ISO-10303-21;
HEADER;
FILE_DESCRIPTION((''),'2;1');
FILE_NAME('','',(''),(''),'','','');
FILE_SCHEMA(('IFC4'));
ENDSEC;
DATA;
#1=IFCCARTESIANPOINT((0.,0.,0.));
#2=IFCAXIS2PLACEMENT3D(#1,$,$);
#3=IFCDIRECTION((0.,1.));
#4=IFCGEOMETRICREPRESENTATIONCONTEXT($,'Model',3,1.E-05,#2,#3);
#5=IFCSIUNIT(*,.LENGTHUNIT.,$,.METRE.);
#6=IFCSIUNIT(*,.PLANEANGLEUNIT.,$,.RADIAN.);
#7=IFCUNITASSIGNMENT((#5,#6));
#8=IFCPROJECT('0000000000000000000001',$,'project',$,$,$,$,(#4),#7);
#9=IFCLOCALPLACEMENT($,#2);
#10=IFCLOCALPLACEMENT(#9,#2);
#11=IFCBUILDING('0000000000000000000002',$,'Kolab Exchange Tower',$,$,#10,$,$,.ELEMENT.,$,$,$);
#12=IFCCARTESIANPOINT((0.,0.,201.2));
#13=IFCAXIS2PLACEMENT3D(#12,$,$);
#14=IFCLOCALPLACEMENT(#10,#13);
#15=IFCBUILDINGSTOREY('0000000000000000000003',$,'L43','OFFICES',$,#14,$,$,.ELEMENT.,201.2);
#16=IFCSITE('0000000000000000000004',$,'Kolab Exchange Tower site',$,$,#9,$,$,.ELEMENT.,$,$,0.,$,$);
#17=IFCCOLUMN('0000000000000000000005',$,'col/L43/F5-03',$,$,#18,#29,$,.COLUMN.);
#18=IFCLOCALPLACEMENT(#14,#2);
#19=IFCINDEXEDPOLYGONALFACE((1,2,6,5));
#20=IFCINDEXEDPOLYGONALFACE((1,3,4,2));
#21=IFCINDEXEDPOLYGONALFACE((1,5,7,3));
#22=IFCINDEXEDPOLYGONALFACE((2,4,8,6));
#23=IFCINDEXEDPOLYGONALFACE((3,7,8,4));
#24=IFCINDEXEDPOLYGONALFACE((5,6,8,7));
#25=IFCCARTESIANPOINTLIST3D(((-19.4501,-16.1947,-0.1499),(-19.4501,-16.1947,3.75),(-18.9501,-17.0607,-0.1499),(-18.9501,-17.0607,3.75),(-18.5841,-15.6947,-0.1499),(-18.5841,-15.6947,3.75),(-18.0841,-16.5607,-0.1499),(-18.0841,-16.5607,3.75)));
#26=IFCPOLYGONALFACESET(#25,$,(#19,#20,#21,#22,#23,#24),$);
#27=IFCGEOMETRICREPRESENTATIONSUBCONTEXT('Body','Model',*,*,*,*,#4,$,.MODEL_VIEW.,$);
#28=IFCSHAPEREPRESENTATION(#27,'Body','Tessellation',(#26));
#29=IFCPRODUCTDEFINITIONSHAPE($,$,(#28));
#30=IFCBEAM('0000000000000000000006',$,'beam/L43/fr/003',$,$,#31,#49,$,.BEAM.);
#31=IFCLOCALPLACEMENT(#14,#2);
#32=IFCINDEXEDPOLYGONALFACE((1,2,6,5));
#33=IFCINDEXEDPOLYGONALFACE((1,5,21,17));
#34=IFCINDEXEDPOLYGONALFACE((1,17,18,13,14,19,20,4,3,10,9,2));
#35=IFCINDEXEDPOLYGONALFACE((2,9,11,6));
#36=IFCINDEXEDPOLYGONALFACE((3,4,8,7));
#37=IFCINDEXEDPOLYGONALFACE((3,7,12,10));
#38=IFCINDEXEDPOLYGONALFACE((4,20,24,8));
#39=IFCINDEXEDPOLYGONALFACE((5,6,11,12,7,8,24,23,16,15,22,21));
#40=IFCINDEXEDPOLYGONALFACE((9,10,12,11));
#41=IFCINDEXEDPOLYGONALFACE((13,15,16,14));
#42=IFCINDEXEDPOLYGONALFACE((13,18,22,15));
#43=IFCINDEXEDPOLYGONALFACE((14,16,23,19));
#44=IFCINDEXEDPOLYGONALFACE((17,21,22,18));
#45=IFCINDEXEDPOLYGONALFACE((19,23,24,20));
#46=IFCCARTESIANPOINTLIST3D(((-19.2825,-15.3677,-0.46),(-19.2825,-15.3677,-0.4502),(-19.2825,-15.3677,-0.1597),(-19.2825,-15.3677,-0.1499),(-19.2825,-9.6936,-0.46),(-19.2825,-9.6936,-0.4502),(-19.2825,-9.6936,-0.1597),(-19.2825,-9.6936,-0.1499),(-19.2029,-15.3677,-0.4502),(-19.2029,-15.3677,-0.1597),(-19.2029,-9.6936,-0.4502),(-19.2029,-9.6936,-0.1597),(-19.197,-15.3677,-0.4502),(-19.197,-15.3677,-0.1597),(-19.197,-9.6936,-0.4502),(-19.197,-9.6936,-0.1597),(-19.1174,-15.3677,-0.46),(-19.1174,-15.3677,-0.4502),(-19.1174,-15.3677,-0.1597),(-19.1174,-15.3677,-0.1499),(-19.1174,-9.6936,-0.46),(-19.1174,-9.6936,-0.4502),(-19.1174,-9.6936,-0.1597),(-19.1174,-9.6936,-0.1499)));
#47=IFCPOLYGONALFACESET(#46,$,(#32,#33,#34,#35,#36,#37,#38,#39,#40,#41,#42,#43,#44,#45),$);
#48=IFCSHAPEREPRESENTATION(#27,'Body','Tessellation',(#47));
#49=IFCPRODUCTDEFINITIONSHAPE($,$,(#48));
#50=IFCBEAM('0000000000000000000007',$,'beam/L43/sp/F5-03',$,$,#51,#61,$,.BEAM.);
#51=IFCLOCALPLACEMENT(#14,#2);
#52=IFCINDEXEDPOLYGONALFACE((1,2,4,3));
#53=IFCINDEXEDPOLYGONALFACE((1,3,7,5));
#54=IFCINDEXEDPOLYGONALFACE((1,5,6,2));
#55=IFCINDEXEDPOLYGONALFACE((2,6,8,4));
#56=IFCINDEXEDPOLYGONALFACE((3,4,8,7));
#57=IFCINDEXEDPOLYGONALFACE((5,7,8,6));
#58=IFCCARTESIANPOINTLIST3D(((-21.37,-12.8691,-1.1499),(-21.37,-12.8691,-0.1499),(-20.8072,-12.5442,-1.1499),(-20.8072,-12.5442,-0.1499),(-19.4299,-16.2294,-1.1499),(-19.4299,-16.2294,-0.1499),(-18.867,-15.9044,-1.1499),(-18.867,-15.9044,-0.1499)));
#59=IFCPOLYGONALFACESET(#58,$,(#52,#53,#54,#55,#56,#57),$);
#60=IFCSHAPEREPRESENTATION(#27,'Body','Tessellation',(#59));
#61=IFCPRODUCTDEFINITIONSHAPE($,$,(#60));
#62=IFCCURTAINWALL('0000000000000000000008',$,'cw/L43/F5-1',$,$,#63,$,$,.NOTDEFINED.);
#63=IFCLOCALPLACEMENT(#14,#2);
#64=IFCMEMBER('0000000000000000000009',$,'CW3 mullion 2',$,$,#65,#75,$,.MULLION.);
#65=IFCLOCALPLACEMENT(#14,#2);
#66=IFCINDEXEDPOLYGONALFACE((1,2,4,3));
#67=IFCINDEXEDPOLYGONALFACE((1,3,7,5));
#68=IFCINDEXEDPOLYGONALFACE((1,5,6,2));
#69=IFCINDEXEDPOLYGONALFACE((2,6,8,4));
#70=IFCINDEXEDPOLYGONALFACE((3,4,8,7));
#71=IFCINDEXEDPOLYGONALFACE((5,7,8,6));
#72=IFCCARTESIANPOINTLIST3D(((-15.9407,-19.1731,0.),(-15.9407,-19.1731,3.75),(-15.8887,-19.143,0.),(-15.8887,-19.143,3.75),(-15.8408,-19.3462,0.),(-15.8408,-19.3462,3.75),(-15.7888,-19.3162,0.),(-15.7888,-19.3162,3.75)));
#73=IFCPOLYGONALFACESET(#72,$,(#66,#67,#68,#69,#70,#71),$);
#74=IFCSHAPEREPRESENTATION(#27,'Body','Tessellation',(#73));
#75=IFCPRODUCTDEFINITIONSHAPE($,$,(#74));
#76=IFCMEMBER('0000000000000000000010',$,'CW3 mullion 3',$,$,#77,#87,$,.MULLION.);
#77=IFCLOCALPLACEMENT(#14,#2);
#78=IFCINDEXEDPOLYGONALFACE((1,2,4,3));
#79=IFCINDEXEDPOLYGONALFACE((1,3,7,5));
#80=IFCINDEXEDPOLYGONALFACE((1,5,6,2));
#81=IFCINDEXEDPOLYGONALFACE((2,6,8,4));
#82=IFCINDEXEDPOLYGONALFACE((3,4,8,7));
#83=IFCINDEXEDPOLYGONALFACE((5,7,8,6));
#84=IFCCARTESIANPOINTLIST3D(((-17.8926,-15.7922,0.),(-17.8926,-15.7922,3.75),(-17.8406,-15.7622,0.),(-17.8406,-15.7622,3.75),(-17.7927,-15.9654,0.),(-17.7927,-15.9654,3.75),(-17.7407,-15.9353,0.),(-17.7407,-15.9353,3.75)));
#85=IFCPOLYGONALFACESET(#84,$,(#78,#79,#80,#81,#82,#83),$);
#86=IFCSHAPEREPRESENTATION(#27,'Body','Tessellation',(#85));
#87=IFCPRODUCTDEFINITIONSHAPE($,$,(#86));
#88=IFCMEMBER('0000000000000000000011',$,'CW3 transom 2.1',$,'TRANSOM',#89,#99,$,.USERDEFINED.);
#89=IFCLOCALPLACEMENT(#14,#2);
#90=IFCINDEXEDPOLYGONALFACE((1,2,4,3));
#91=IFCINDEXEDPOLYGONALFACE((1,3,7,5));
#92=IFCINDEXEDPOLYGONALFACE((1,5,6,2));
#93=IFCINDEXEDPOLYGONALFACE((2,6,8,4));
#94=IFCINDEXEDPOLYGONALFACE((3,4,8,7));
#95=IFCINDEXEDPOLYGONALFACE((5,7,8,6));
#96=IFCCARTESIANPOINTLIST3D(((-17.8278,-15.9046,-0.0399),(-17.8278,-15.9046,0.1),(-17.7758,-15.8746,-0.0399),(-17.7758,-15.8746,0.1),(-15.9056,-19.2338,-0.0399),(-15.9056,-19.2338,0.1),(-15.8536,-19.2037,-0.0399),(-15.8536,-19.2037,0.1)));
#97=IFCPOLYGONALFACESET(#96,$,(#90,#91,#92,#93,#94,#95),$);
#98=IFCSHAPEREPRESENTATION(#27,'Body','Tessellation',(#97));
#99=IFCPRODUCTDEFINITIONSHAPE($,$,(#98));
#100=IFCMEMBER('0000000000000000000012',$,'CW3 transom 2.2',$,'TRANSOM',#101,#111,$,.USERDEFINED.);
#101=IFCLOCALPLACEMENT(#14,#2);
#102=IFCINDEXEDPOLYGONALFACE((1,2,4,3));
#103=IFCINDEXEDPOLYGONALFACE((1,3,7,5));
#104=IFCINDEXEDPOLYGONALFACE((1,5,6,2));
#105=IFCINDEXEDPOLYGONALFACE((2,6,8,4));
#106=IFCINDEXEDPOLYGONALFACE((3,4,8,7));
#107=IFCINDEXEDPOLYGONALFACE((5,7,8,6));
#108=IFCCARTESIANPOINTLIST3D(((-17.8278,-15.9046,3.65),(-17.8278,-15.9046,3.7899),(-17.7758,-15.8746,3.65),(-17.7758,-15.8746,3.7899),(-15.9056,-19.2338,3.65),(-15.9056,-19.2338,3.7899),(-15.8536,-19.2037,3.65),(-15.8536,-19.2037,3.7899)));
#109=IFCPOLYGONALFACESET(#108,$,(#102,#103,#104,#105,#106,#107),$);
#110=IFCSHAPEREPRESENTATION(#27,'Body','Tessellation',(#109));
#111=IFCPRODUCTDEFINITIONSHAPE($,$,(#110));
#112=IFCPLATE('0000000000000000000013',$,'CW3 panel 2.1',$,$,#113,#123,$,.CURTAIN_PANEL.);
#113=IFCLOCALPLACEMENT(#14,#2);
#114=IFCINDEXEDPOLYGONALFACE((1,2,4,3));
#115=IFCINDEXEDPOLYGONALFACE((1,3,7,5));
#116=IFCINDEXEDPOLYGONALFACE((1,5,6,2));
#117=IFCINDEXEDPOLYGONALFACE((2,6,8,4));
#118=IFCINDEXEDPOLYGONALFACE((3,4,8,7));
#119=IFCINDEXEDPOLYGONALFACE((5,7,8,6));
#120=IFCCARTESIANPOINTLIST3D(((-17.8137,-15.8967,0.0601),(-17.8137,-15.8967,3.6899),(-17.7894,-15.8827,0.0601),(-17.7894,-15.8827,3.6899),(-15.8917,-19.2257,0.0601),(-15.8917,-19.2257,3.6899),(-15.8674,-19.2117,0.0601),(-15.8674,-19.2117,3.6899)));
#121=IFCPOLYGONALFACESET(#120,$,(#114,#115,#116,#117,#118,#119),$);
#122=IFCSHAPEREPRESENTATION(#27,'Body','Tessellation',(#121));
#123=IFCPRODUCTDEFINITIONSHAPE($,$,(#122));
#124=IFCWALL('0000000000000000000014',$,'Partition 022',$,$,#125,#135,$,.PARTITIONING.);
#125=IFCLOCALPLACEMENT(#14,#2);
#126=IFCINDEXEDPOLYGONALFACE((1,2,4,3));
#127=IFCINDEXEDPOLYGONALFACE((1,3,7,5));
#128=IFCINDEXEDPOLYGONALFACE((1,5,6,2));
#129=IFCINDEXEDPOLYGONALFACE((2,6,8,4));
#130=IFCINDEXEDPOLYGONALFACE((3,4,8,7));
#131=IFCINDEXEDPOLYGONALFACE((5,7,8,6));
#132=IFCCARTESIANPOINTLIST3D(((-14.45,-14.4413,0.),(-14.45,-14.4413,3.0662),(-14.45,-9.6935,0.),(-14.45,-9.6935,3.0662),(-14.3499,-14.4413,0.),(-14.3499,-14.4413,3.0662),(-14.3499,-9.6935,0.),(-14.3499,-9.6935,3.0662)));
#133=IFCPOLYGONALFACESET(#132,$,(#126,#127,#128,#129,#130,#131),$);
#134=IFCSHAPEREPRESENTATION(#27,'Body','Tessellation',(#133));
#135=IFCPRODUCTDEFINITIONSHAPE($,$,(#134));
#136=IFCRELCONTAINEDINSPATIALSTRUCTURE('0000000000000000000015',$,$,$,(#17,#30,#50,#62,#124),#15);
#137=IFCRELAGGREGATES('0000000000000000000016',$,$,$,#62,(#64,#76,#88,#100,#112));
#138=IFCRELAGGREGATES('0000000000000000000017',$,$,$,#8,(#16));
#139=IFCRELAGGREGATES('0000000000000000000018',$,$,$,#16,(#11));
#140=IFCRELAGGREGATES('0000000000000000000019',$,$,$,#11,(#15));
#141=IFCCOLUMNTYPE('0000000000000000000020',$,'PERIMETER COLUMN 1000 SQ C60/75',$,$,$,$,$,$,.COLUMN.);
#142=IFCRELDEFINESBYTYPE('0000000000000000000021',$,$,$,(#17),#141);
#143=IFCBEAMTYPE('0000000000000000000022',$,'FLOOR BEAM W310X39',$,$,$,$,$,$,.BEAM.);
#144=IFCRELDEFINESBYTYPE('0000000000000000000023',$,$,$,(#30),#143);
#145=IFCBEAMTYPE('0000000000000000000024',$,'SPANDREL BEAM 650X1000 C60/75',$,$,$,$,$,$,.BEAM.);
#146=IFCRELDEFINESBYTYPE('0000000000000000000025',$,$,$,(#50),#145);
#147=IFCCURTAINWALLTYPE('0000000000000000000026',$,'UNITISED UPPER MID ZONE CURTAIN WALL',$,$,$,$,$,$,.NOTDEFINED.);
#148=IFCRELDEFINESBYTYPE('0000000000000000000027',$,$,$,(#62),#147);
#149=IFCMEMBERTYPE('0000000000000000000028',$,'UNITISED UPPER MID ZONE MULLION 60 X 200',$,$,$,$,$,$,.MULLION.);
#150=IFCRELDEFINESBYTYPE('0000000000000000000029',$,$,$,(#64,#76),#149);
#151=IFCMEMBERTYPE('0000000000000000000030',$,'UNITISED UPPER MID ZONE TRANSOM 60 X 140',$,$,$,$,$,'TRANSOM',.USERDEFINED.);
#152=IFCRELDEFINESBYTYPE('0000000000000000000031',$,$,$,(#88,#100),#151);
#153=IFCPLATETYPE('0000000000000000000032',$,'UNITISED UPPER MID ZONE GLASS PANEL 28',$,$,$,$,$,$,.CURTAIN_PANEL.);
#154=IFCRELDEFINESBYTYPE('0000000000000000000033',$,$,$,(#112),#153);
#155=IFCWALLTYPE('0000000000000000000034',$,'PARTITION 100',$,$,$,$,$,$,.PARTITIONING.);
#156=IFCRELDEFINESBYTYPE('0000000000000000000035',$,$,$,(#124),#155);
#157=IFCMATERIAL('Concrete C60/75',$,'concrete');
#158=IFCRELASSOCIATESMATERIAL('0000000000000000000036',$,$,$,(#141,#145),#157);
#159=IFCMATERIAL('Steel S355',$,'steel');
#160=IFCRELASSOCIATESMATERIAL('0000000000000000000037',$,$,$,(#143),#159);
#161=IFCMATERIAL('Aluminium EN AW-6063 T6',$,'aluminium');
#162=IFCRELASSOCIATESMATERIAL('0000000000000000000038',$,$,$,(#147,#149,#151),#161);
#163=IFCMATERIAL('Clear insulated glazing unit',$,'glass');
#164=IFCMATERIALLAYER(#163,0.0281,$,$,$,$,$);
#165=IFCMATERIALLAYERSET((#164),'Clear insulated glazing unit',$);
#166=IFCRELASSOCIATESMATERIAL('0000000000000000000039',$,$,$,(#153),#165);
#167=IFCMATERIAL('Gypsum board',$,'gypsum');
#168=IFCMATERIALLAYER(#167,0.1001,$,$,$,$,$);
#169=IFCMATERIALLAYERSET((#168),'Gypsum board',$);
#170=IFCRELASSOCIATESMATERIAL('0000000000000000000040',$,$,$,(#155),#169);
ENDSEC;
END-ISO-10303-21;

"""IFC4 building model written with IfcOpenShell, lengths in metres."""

from ifc_helpers import new_model, si_unit, direction, frame, frame_2d, origin, origin_2d, place, context, subcontext, project, spatial, rectangle, i_section, extrude, material, layer, layer_set, material_profile, profile_set, type_object, element, aggregate, save


model = new_model("IFC4")

# Units and contexts
model_context = context("Model", 3, precision=1e-05, world=origin(), true_north=direction((0.0, 1.0)))
body_context = subcontext(model_context, "Body", "Model", "MODEL_VIEW")
ifc_project = project(units=[si_unit("LENGTHUNIT", "METRE"), si_unit("PLANEANGLEUNIT", "RADIAN")], contexts=[model_context])

# Site, building, storey
site_placement = place(None, origin())
site = spatial("IfcSite", under=ifc_project, at=site_placement, Name="Kolab Exchange Tower site", CompositionType="ELEMENT", RefElevation=0.0)
building_placement = place(site_placement, origin())
building = spatial("IfcBuilding", under=site, at=building_placement, Name="Kolab Exchange Tower", CompositionType="ELEMENT")
storey_placement = place(building_placement, frame((0.0, 0.0, 201.2)))
storey = spatial("IfcBuildingStorey", under=building, at=storey_placement, Name="L43", Description="OFFICES", CompositionType="ELEMENT", Elevation=201.2)

# Column
ifc_material_1 = material(Name="Concrete C60/75", Category="concrete")
ifc_material_profile_1 = material_profile(ifc_material_1, rectangle(XDim=1.0, YDim=1.0, at=origin_2d()), Name="RC1000")
ifc_profile_set_1 = profile_set([ifc_material_profile_1], Name="Concrete C60/75")
column_type = type_object("IfcColumnType", Name="PERIMETER COLUMN 1000 SQ C60/75", PredefinedType="COLUMN", material=ifc_profile_set_1)
column_placement = place(storey_placement, frame((-18.7671, -16.3777, -0.1499), z_axis=(0.0, 0.0, 1.0), x_axis=(0.866025, 0.5, 0.0)))
element("IfcColumn", 1, at=column_placement, inside=storey, type_object=column_type, Name="col/L43/F5-03", PredefinedType="COLUMN", context=body_context, shape_type="SweptSolid", body=[
    extrude(rectangle(XDim=1.0, YDim=1.0, at=origin_2d()), origin(), (0.0, 0.0, 1.0), 3.8999),
])

# Beams
ifc_material_2 = material(Name="Steel S355", Category="steel")
ifc_material_profile_2 = material_profile(ifc_material_2, i_section(OverallWidth=0.165, OverallDepth=0.3101, WebThickness=0.0059, FlangeThickness=0.0098, at=origin_2d()), Name="W310X39")
ifc_profile_set_2 = profile_set([ifc_material_profile_2], Name="Steel S355")
beam_type_1 = type_object("IfcBeamType", Name="FLOOR BEAM W310X39", PredefinedType="BEAM", material=ifc_profile_set_2)
beam_1_placement = place(storey_placement, frame((-19.2, -15.3677, -0.3049), z_axis=(0.0, 1.0, 0.0), x_axis=(-1.0, 0.0, 0.0)))
element("IfcBeam", 2, at=beam_1_placement, inside=storey, type_object=beam_type_1, Name="beam/L43/fr/003", PredefinedType="BEAM", context=body_context, shape_type="SweptSolid", body=[
    extrude(i_section(OverallWidth=0.165, OverallDepth=0.3101, WebThickness=0.0059, FlangeThickness=0.0098, at=origin_2d()), origin(), (0.0, 0.0, 1.0), 5.6741),
])
ifc_material_profile_3 = material_profile(ifc_material_1, rectangle(XDim=0.6499, YDim=1.0, at=origin_2d()), Name="RC650X1000")
ifc_profile_set_3 = profile_set([ifc_material_profile_3], Name="Concrete C60/75")
beam_type_2 = type_object("IfcBeamType", Name="SPANDREL BEAM 650X1000 C60/75", PredefinedType="BEAM", material=ifc_profile_set_3)
beam_2_placement = place(storey_placement, frame((-19.1484, -16.0669, -0.6499), z_axis=(-0.500017, 0.866016, 0.0), x_axis=(-0.866016, -0.500017, 0.0)))
element("IfcBeam", 3, at=beam_2_placement, inside=storey, type_object=beam_type_2, Name="beam/L43/sp/F5-03", PredefinedType="BEAM", context=body_context, shape_type="SweptSolid", body=[
    extrude(rectangle(XDim=0.6499, YDim=1.0, at=origin_2d()), origin(), (0.0, 0.0, 1.0), 3.8801),
])

# Curtain wall, members, plate
ifc_material_3 = material(Name="Aluminium EN AW-6063 T6", Category="aluminium")
curtain_wall_type = type_object("IfcCurtainWallType", Name="UNITISED UPPER MID ZONE CURTAIN WALL", PredefinedType="NOTDEFINED", material=ifc_material_3)
curtain_wall_placement = place(storey_placement, origin())
curtain_wall = element("IfcCurtainWall", 4, at=curtain_wall_placement, inside=storey, type_object=curtain_wall_type, Name="cw/L43/F5-1", PredefinedType="NOTDEFINED")
ifc_material_profile_4 = material_profile(ifc_material_3, rectangle(XDim=0.0601, YDim=0.2, at=origin_2d()), Name="RECT 60X200")
ifc_profile_set_4 = profile_set([ifc_material_profile_4], Name="Aluminium EN AW-6063 T6")
member_type_1 = type_object("IfcMemberType", Name="UNITISED UPPER MID ZONE MULLION 60 X 200", PredefinedType="MULLION", material=ifc_profile_set_4)
member_1_placement = place(storey_placement, frame((-15.8647, -19.2446, 0.0), z_axis=(0.0, 0.0, 1.0), x_axis=(-0.866025, -0.5, 0.0)))
member_1 = element("IfcMember", 5, at=member_1_placement, type_object=member_type_1, Name="CW3 mullion 2", PredefinedType="MULLION", context=body_context, shape_type="SweptSolid", body=[
    extrude(rectangle(XDim=0.0601, YDim=0.2, at=origin_2d()), origin(), (0.0, 0.0, 1.0), 3.75),
])
member_2_placement = place(storey_placement, frame((-17.8167, -15.8638, 0.0), z_axis=(0.0, 0.0, 1.0), x_axis=(-0.866025, -0.5, 0.0)))
member_2 = element("IfcMember", 6, at=member_2_placement, type_object=member_type_1, Name="CW3 mullion 3", PredefinedType="MULLION", context=body_context, shape_type="SweptSolid", body=[
    extrude(rectangle(XDim=0.0601, YDim=0.2, at=origin_2d()), origin(), (0.0, 0.0, 1.0), 3.75),
])
ifc_material_profile_5 = material_profile(ifc_material_3, rectangle(XDim=0.0601, YDim=0.1399, at=origin_2d()), Name="RECT 60X140")
ifc_profile_set_5 = profile_set([ifc_material_profile_5], Name="Aluminium EN AW-6063 T6")
member_type_2 = type_object("IfcMemberType", Name="UNITISED UPPER MID ZONE TRANSOM 60 X 140", ElementType="TRANSOM", PredefinedType="USERDEFINED", material=ifc_profile_set_5)
member_3_placement = place(storey_placement, frame((-15.8796, -19.2188, 0.03), z_axis=(-0.500012, 0.866018, 0.0), x_axis=(-0.866018, -0.500012, 0.0)))
member_3 = element("IfcMember", 7, at=member_3_placement, type_object=member_type_2, Name="CW3 transom 2.1", ObjectType="TRANSOM", PredefinedType="USERDEFINED", context=body_context, shape_type="SweptSolid", body=[
    extrude(rectangle(XDim=0.0601, YDim=0.1399, at=origin_2d()), origin(), (0.0, 0.0, 1.0), 3.8442),
])
member_4_placement = place(storey_placement, frame((-15.8796, -19.2188, 3.72), z_axis=(-0.500012, 0.866018, 0.0), x_axis=(-0.866018, -0.500012, 0.0)))
member_4 = element("IfcMember", 8, at=member_4_placement, type_object=member_type_2, Name="CW3 transom 2.2", ObjectType="TRANSOM", PredefinedType="USERDEFINED", context=body_context, shape_type="SweptSolid", body=[
    extrude(rectangle(XDim=0.0601, YDim=0.1399, at=origin_2d()), origin(), (0.0, 0.0, 1.0), 3.8442),
])
ifc_material_4 = material(Name="Clear insulated glazing unit", Category="glass")
ifc_layer_1 = layer(ifc_material_4, 0.0281)
ifc_layer_set_1 = layer_set([ifc_layer_1], Name="Clear insulated glazing unit")
plate_type = type_object("IfcPlateType", Name="UNITISED UPPER MID ZONE GLASS PANEL 28", PredefinedType="CURTAIN_PANEL", material=ifc_layer_set_1)
plate_placement = place(storey_placement, frame((-16.8406, -17.5542, 0.0601), z_axis=(0.0, 0.0, 1.0), x_axis=(-0.5, 0.866025, 0.0)))
plate = element("IfcPlate", 9, at=plate_placement, type_object=plate_type, Name="CW3 panel 2.1", PredefinedType="CURTAIN_PANEL", context=body_context, shape_type="SweptSolid", body=[
    extrude(rectangle(XDim=3.844, YDim=0.0281, at=origin_2d()), origin(), (0.0, 0.0, 1.0), 3.6299),
])
aggregate(curtain_wall, [member_1, member_2, member_3, member_4, plate])

# Wall
ifc_material_5 = material(Name="Gypsum board", Category="gypsum")
ifc_layer_2 = layer(ifc_material_5, 0.1001)
ifc_layer_set_2 = layer_set([ifc_layer_2], Name="Gypsum board")
wall_type_1 = type_object("IfcWallType", Name="PARTITION 100", PredefinedType="PARTITIONING", material=ifc_layer_set_2)
wall_1_placement = place(storey_placement, frame((-14.3999, -14.4414, 0.0), z_axis=(0.0, 0.0, 1.0), x_axis=(0.0, 1.0, 0.0)))
element("IfcWall", 10, at=wall_1_placement, inside=storey, type_object=wall_type_1, Name="Partition 022", PredefinedType="PARTITIONING", context=body_context, shape_type="SweptSolid", body=[
    extrude(rectangle(XDim=4.7478, YDim=0.1001, at=frame_2d((2.374, 0.0))), origin(), (0.0, 0.0, 1.0), 3.0662),
])

save(model, "model.ifc")
